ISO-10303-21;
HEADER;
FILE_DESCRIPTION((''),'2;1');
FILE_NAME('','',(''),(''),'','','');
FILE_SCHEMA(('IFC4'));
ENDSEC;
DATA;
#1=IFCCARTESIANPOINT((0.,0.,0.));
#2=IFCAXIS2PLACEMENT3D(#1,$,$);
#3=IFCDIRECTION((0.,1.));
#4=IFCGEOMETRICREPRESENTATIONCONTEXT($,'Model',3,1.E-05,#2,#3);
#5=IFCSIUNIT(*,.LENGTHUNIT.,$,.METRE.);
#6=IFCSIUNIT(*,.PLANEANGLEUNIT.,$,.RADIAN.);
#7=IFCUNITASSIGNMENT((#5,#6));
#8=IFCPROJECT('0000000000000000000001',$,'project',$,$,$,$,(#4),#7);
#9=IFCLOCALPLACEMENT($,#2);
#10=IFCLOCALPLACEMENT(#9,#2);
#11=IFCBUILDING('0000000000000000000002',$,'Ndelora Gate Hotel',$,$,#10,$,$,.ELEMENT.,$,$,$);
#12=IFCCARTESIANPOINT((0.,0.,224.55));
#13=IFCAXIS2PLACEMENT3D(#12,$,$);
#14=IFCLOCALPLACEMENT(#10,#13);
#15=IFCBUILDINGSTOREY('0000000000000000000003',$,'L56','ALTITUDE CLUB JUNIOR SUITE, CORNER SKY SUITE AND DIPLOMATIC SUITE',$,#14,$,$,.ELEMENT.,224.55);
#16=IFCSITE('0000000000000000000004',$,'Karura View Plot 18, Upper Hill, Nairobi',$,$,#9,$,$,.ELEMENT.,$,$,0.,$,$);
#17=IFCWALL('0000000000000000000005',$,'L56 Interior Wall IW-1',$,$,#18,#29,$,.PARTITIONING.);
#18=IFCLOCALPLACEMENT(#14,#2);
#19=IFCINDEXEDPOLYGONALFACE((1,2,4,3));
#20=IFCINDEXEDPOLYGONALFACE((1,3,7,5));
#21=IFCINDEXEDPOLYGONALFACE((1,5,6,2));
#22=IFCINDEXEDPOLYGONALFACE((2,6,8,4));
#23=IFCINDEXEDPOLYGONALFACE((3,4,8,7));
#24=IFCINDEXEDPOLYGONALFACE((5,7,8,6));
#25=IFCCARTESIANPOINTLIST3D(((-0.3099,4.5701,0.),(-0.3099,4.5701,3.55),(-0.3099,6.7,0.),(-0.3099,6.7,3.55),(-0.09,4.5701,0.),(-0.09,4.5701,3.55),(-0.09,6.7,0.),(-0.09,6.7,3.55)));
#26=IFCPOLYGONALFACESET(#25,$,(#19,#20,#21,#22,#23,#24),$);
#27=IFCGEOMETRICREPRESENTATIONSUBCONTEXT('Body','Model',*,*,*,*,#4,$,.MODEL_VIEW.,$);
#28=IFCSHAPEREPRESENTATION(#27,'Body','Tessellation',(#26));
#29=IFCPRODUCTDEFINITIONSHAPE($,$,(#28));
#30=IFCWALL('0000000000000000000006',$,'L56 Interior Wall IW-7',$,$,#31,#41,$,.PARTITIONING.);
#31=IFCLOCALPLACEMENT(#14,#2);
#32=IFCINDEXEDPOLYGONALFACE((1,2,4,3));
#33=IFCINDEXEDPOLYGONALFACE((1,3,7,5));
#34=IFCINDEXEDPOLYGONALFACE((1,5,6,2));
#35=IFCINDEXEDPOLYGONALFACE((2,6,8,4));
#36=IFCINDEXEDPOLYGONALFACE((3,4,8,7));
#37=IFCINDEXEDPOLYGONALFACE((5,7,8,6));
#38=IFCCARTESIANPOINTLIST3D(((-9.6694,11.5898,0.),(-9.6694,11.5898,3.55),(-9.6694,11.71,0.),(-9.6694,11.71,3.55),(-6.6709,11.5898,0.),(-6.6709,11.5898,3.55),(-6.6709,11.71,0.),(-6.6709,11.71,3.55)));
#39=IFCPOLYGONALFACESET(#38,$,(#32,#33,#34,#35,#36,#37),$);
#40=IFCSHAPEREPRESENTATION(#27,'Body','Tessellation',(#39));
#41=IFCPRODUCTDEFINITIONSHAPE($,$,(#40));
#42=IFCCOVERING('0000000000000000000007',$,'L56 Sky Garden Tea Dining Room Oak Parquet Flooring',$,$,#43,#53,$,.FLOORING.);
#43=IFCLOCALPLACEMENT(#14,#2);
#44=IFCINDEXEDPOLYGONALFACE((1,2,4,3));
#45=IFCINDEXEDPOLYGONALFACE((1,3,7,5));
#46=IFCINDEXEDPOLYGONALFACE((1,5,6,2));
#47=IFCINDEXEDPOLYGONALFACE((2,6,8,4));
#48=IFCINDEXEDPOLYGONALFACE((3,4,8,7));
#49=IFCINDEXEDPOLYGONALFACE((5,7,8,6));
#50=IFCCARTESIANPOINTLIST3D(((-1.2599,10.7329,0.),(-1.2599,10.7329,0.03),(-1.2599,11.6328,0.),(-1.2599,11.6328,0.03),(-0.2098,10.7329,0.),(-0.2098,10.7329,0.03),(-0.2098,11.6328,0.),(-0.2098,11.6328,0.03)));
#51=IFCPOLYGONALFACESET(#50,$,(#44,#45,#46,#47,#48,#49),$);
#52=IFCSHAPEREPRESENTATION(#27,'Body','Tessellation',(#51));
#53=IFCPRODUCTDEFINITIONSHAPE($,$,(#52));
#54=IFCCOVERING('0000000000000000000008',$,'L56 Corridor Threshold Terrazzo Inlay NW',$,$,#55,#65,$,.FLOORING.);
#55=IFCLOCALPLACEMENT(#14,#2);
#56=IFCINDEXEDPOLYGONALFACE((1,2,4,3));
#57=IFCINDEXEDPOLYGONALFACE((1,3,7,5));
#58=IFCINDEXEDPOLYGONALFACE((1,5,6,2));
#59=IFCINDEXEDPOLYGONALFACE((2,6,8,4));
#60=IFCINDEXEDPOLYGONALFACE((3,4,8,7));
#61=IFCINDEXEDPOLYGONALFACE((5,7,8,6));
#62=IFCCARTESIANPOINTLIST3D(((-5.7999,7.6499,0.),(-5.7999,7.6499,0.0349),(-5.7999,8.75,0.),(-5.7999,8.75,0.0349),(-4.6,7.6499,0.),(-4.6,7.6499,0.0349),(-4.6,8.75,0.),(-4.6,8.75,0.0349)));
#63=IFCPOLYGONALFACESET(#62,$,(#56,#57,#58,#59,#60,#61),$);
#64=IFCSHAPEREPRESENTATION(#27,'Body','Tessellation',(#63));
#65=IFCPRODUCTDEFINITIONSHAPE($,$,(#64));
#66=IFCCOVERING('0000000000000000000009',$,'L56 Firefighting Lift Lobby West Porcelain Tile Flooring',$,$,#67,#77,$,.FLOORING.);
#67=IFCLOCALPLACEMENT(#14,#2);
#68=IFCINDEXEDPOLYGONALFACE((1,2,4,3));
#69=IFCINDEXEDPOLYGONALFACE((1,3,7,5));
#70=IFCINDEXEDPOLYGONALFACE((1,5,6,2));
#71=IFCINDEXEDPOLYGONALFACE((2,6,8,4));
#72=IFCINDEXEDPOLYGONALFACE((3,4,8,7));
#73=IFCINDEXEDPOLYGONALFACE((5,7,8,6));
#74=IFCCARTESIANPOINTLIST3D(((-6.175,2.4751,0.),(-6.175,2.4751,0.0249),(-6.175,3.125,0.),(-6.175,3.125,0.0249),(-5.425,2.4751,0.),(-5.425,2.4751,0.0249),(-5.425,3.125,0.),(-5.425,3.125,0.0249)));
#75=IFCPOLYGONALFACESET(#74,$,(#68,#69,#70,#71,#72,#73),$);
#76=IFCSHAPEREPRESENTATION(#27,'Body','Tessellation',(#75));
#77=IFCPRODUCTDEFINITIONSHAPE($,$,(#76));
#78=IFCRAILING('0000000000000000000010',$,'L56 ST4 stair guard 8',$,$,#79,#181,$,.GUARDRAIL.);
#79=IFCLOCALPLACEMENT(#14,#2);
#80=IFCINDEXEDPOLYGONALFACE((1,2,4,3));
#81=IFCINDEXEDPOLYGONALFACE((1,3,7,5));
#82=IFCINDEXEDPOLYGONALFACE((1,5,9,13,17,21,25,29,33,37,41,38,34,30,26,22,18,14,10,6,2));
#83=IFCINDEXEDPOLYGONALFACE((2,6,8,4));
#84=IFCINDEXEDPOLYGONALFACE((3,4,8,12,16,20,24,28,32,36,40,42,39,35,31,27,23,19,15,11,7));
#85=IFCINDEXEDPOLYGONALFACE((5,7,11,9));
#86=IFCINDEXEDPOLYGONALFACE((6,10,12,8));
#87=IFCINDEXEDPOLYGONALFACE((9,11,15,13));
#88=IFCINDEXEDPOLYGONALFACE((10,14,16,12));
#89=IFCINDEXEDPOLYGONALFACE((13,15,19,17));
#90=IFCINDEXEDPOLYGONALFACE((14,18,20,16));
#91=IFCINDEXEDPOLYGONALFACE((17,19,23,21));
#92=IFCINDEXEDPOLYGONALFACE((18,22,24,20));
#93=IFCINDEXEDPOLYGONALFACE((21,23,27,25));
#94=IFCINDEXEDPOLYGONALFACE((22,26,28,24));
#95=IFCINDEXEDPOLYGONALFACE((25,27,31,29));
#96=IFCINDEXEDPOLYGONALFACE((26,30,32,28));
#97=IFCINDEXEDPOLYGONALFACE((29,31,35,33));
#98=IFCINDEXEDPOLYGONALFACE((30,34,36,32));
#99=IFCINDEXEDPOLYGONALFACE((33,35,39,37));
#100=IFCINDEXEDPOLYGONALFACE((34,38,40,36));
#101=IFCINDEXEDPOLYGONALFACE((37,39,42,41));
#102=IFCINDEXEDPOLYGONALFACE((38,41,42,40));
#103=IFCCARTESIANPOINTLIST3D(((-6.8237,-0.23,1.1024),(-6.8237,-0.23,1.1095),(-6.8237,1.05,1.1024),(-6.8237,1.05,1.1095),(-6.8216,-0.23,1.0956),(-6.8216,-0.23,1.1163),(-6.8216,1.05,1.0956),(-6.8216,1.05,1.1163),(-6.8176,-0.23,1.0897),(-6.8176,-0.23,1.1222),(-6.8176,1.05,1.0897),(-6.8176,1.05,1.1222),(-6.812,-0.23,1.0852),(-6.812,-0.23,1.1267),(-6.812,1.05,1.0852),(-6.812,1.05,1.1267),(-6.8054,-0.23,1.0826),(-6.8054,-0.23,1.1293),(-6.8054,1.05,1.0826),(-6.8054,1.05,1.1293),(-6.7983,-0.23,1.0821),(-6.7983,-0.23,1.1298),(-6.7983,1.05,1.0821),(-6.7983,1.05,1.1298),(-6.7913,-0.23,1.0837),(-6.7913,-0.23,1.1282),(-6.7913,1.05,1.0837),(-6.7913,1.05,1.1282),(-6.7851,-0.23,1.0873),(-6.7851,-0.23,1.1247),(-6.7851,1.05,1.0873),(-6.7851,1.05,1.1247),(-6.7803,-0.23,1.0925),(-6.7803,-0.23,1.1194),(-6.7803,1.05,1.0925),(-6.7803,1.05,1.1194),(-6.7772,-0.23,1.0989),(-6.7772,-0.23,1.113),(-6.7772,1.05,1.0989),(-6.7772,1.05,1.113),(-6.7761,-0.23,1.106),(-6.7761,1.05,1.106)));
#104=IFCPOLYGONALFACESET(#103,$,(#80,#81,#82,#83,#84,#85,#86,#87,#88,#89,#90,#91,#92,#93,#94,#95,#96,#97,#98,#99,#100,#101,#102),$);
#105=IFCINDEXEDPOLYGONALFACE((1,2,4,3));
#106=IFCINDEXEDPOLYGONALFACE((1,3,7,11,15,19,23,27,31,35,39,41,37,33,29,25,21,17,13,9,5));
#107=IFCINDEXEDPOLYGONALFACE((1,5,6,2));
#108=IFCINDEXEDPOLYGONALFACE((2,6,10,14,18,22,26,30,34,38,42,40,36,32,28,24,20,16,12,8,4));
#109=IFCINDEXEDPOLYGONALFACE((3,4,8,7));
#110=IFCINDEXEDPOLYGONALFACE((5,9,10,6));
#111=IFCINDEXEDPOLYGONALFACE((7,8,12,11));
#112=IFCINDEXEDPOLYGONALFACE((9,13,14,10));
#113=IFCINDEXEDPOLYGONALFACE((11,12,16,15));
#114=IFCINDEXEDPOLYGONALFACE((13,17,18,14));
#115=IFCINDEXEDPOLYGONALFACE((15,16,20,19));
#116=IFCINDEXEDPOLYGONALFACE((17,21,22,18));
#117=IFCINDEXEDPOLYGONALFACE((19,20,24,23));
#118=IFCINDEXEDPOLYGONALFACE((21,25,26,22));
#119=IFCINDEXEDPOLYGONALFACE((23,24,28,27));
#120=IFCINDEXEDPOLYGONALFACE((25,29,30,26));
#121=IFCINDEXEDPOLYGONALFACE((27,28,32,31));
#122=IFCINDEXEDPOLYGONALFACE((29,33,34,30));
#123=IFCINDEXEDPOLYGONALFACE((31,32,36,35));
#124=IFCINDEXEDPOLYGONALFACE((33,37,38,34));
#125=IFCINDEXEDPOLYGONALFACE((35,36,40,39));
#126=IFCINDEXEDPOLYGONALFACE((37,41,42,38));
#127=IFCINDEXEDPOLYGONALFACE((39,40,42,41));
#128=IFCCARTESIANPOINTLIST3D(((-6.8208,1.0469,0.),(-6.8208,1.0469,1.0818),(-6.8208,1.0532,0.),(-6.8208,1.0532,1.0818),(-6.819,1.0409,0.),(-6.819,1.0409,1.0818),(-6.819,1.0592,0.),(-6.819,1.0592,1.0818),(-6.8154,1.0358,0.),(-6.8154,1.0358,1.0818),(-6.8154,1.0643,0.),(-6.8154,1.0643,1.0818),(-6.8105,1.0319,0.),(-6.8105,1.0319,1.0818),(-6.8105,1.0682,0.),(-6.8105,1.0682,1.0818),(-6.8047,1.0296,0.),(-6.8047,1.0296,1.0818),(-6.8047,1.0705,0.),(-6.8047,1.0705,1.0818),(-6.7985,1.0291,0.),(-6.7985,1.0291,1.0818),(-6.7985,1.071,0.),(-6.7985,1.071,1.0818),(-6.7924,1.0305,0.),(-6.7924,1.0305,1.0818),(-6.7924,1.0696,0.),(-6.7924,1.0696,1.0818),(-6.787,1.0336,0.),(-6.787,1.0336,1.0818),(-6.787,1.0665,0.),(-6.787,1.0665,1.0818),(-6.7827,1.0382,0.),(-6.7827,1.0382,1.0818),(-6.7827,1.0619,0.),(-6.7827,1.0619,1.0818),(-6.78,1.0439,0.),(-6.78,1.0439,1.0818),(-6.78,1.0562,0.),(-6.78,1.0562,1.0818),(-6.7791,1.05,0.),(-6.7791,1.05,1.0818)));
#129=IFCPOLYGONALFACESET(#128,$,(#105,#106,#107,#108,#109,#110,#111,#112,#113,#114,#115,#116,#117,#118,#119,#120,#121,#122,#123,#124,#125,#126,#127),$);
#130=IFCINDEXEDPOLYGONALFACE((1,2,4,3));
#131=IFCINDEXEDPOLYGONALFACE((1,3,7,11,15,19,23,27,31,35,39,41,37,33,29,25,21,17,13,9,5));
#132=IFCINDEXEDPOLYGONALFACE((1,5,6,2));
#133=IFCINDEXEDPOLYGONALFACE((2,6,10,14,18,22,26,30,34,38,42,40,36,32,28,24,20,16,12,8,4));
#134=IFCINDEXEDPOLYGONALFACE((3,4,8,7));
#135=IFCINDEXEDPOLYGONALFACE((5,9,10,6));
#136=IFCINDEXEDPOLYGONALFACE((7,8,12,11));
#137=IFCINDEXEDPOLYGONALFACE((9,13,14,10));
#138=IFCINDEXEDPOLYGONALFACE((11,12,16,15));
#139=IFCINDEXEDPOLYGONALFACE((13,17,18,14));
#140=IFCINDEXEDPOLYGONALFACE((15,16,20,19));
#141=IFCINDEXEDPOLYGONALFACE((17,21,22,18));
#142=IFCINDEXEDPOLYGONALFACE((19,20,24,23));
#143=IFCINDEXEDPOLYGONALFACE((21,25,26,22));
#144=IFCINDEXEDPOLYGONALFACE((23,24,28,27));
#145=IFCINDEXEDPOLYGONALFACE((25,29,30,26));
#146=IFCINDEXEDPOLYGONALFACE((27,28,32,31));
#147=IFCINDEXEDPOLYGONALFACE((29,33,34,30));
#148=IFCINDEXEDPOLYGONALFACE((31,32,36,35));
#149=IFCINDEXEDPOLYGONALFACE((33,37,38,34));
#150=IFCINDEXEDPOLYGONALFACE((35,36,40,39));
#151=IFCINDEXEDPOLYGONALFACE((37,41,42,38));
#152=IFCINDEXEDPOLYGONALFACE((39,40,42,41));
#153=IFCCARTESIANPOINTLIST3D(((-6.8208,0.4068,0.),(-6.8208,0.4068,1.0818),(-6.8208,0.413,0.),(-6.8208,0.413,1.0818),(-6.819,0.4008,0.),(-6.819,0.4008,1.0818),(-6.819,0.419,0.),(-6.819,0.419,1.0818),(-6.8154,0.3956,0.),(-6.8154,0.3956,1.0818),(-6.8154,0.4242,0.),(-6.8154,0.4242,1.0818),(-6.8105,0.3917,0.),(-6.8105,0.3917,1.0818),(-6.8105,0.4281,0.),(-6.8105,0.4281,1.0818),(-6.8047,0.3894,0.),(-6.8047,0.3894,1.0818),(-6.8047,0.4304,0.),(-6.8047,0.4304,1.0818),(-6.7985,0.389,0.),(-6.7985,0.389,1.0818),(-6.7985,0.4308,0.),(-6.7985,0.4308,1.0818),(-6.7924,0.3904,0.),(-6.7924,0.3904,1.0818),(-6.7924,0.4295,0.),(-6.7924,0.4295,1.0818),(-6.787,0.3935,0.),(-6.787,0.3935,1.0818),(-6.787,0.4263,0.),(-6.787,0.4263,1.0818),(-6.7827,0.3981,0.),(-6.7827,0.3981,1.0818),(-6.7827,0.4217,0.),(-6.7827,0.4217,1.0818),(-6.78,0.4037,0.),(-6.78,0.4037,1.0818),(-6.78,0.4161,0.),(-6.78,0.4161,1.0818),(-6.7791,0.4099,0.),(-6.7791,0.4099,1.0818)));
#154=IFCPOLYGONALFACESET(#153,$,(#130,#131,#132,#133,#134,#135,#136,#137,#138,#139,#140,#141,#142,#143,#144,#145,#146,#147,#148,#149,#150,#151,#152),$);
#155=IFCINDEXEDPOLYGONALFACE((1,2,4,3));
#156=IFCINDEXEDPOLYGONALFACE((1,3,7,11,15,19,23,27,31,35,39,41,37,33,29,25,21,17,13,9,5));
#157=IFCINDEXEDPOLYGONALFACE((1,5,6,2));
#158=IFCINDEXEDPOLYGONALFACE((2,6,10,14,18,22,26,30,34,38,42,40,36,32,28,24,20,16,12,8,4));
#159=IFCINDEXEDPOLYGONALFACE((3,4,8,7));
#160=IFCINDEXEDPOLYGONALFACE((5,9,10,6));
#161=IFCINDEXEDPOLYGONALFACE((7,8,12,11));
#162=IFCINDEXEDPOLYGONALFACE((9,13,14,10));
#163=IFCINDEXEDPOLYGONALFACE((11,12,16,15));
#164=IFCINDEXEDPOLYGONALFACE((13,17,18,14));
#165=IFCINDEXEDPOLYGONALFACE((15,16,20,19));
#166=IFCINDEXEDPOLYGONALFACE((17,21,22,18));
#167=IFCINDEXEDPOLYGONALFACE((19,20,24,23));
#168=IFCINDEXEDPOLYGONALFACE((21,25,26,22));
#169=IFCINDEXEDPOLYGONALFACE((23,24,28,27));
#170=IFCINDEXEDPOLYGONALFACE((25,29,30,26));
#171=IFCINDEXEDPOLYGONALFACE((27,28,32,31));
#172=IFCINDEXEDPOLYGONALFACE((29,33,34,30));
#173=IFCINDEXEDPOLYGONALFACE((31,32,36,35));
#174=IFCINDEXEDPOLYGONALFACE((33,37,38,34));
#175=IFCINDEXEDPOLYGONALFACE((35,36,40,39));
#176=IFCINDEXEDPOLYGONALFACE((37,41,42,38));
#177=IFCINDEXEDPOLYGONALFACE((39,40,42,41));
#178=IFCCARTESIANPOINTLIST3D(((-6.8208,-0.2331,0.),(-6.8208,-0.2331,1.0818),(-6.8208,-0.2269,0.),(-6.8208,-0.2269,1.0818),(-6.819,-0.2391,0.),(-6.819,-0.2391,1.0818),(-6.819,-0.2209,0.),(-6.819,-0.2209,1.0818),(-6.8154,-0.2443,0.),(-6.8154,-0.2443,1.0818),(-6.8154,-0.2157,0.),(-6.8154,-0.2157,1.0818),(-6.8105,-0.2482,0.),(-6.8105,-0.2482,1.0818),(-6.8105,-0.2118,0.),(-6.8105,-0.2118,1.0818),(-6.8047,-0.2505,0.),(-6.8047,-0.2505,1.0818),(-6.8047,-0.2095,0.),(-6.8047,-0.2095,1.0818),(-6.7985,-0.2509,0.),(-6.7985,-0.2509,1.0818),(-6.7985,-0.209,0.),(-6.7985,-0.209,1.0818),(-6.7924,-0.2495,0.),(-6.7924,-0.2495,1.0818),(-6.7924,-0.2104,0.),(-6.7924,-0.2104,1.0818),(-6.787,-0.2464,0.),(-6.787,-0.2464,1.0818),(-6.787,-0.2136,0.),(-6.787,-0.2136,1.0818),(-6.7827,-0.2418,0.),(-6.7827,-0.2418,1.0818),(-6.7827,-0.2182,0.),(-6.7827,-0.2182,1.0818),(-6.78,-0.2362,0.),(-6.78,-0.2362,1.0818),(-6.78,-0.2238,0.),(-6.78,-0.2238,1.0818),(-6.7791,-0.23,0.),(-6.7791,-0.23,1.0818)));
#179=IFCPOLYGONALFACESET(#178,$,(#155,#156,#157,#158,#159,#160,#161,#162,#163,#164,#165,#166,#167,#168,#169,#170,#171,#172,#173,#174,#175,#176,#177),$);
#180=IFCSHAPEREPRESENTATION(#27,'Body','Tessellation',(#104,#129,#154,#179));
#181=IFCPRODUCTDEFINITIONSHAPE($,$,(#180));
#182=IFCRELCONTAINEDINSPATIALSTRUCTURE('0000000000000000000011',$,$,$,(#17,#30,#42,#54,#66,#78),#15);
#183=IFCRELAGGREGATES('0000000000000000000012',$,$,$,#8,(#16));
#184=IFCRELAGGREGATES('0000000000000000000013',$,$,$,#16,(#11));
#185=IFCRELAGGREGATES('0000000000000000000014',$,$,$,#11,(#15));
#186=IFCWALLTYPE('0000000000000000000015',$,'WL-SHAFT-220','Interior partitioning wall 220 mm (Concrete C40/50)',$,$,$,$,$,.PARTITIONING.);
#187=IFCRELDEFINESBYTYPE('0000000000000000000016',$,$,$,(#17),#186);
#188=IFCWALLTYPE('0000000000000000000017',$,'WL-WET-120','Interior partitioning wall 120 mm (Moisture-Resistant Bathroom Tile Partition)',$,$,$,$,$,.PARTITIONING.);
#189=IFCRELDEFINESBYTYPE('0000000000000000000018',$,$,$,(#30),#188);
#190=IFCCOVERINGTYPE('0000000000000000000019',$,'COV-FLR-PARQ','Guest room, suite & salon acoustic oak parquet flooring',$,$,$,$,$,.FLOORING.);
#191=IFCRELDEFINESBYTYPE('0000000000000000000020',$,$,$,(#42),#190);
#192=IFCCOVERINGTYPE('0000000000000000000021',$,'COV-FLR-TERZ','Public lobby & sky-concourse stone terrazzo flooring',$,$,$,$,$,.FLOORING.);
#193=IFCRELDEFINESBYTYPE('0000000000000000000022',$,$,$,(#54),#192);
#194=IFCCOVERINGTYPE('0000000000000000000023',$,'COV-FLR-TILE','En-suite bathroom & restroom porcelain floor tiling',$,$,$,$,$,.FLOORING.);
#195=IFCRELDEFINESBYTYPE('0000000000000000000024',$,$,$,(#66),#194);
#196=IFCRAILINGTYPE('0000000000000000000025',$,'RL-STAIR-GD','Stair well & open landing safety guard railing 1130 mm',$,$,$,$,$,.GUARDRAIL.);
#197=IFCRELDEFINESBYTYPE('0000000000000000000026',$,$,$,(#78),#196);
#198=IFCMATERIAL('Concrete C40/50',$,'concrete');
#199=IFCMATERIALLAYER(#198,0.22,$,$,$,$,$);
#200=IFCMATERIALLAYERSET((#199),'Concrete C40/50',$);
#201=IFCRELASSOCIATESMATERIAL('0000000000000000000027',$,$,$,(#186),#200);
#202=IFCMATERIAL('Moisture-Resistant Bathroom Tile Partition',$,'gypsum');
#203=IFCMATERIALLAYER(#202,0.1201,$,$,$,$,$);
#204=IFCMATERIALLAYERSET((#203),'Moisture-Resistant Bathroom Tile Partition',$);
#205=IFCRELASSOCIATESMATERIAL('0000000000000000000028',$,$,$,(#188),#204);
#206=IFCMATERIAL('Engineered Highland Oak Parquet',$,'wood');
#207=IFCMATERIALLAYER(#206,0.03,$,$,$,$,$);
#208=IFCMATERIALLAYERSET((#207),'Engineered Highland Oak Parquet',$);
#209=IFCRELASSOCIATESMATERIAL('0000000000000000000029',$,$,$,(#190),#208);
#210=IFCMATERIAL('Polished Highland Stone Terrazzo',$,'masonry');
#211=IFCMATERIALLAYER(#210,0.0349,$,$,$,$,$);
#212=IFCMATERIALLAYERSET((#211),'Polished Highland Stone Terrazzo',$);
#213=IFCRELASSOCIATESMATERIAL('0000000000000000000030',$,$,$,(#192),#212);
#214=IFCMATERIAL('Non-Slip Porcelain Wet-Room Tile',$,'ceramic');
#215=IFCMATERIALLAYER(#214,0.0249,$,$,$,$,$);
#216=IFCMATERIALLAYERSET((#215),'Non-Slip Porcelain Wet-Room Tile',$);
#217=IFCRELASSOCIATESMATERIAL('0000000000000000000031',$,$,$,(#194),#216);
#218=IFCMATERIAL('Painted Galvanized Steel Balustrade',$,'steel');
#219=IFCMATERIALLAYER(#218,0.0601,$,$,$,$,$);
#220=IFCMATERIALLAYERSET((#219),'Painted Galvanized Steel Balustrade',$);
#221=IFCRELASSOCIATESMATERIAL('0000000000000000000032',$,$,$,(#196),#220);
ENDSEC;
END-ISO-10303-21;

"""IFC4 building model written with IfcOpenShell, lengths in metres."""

from ifc_helpers import new_model, si_unit, direction, frame, frame_2d, origin, origin_2d, place, context, subcontext, project, spatial, rectangle, circle, extrude, material, layer, layer_set, type_object, element, save


model = new_model("IFC4")

# Units and contexts
model_context = context("Model", 3, precision=1e-05, world=origin(), true_north=direction((0.0, 1.0)))
body_context = subcontext(model_context, "Body", "Model", "MODEL_VIEW")
ifc_project = project(units=[si_unit("LENGTHUNIT", "METRE"), si_unit("PLANEANGLEUNIT", "RADIAN")], contexts=[model_context])

# Site, building, storey
site_placement = place(None, origin())
site = spatial("IfcSite", under=ifc_project, at=site_placement, Name="Karura View Plot 18, Upper Hill, Nairobi", CompositionType="ELEMENT", RefElevation=0.0)
building_placement = place(site_placement, origin())
building = spatial("IfcBuilding", under=site, at=building_placement, Name="Ndelora Gate Hotel", CompositionType="ELEMENT")
storey_placement = place(building_placement, frame((0.0, 0.0, 224.55)))
storey = spatial("IfcBuildingStorey", under=building, at=storey_placement, Name="L56", Description="ALTITUDE CLUB JUNIOR SUITE, CORNER SKY SUITE AND DIPLOMATIC SUITE", CompositionType="ELEMENT", Elevation=224.55)

# Shared definitions
ifc_material_1 = material(Name="Concrete C40/50", Category="concrete")

# Shared definitions
ifc_layer_1 = layer(ifc_material_1, 0.22)
ifc_layer_set_1 = layer_set([ifc_layer_1], Name="Concrete C40/50")
wall_type_1 = type_object("IfcWallType", Name="WL-SHAFT-220", Description="Interior partitioning wall 220 mm (Concrete C40/50)", PredefinedType="PARTITIONING", material=ifc_layer_set_1)

# Wall
wall_1_placement = place(storey_placement, frame((-0.2, 4.5701, 0.0), z_axis=(0.0, 0.0, 1.0), x_axis=(0.0, 1.0, 0.0)))
element("IfcWall", 1, at=wall_1_placement, inside=storey, type_object=wall_type_1, Name="L56 Interior Wall IW-1", PredefinedType="PARTITIONING", context=body_context, shape_type="SweptSolid", body=[
    extrude(rectangle(XDim=2.1299, YDim=0.22, at=frame_2d((1.0649, 0.0))), origin(), (0.0, 0.0, 1.0), 3.55),
])

# Wall
ifc_material_2 = material(Name="Moisture-Resistant Bathroom Tile Partition", Category="gypsum")
ifc_layer_2 = layer(ifc_material_2, 0.1201)
ifc_layer_set_2 = layer_set([ifc_layer_2], Name="Moisture-Resistant Bathroom Tile Partition")
wall_type_2 = type_object("IfcWallType", Name="WL-WET-120", Description="Interior partitioning wall 120 mm (Moisture-Resistant Bathroom Tile Partition)", PredefinedType="PARTITIONING", material=ifc_layer_set_2)
wall_2_placement = place(storey_placement, frame((-6.6709, 11.6499, 0.0), z_axis=(0.0, 0.0, 1.0), x_axis=(-1.0, 0.0, 0.0)))
element("IfcWall", 2, at=wall_2_placement, inside=storey, type_object=wall_type_2, Name="L56 Interior Wall IW-7", PredefinedType="PARTITIONING", context=body_context, shape_type="SweptSolid", body=[
    extrude(rectangle(XDim=2.9985, YDim=0.1201, at=frame_2d((1.4993, 0.0))), origin(), (0.0, 0.0, 1.0), 3.55),
])

# Coverings
ifc_material_3 = material(Name="Engineered Highland Oak Parquet", Category="wood")
ifc_layer_3 = layer(ifc_material_3, 0.03)
ifc_layer_set_3 = layer_set([ifc_layer_3], Name="Engineered Highland Oak Parquet")
covering_type_1 = type_object("IfcCoveringType", Name="COV-FLR-PARQ", Description="Guest room, suite & salon acoustic oak parquet flooring", PredefinedType="FLOORING", material=ifc_layer_set_3)
covering_1_placement = place(storey_placement, frame((-0.7349, 11.1829, 0.0), z_axis=(0.0, 0.0, 1.0), x_axis=(1.0, 0.0, 0.0)))
element("IfcCovering", 3, at=covering_1_placement, inside=storey, type_object=covering_type_1, Name="L56 Sky Garden Tea Dining Room Oak Parquet Flooring", PredefinedType="FLOORING", context=body_context, shape_type="SweptSolid", body=[
    extrude(rectangle(XDim=1.05, YDim=0.8999, at=origin_2d()), origin(), (0.0, 0.0, 1.0), 0.03),
])
ifc_material_4 = material(Name="Polished Highland Stone Terrazzo", Category="masonry")
ifc_layer_4 = layer(ifc_material_4, 0.0349)
ifc_layer_set_4 = layer_set([ifc_layer_4], Name="Polished Highland Stone Terrazzo")
covering_type_2 = type_object("IfcCoveringType", Name="COV-FLR-TERZ", Description="Public lobby & sky-concourse stone terrazzo flooring", PredefinedType="FLOORING", material=ifc_layer_set_4)
covering_2_placement = place(storey_placement, frame((-5.2, 8.2, 0.0), z_axis=(0.0, 0.0, 1.0), x_axis=(1.0, 0.0, 0.0)))
element("IfcCovering", 4, at=covering_2_placement, inside=storey, type_object=covering_type_2, Name="L56 Corridor Threshold Terrazzo Inlay NW", PredefinedType="FLOORING", context=body_context, shape_type="SweptSolid", body=[
    extrude(rectangle(XDim=1.2, YDim=1.1001, at=origin_2d()), origin(), (0.0, 0.0, 1.0), 0.0349),
])
ifc_material_5 = material(Name="Non-Slip Porcelain Wet-Room Tile", Category="ceramic")
ifc_layer_5 = layer(ifc_material_5, 0.0249)
ifc_layer_set_5 = layer_set([ifc_layer_5], Name="Non-Slip Porcelain Wet-Room Tile")
covering_type_3 = type_object("IfcCoveringType", Name="COV-FLR-TILE", Description="En-suite bathroom & restroom porcelain floor tiling", PredefinedType="FLOORING", material=ifc_layer_set_5)
covering_3_placement = place(storey_placement, frame((-5.8, 2.8, 0.0), z_axis=(0.0, 0.0, 1.0), x_axis=(1.0, 0.0, 0.0)))
element("IfcCovering", 5, at=covering_3_placement, inside=storey, type_object=covering_type_3, Name="L56 Firefighting Lift Lobby West Porcelain Tile Flooring", PredefinedType="FLOORING", context=body_context, shape_type="SweptSolid", body=[
    extrude(rectangle(XDim=0.75, YDim=0.6499, at=origin_2d()), origin(), (0.0, 0.0, 1.0), 0.0249),
])

# Railing
ifc_material_6 = material(Name="Painted Galvanized Steel Balustrade", Category="steel")
ifc_layer_6 = layer(ifc_material_6, 0.0601)
ifc_layer_set_6 = layer_set([ifc_layer_6], Name="Painted Galvanized Steel Balustrade")
railing_type = type_object("IfcRailingType", Name="RL-STAIR-GD", Description="Stair well & open landing safety guard railing 1130 mm", PredefinedType="GUARDRAIL", material=ifc_layer_set_6)
for number, where, name in (
    (6, (-6.8, 1.05, 0.0), "L56 ST4 stair guard 8"),
):
    element("IfcRailing", number, at=place(storey_placement, frame(where)), inside=storey, type_object=railing_type, Name=name, PredefinedType="GUARDRAIL", context=body_context, shape_type="SweptSolid", body=[
        extrude(circle(Radius=0.0239, at=origin_2d()), frame((0.0, 0.0, 1.106), z_axis=(0.0, -1.0, 0.0), x_axis=(1.0, 0.0, 0.0)), (0.0, 0.0, 1.0), 1.28),
        extrude(circle(Radius=0.021, at=origin_2d()), origin(), (0.0, 0.0, 1.0), 1.0818),
        extrude(circle(Radius=0.021, at=origin_2d()), frame((0.0, -0.6401, 0.0)), (0.0, 0.0, 1.0), 1.0818),
        extrude(circle(Radius=0.021, at=origin_2d()), frame((0.0, -1.28, 0.0)), (0.0, 0.0, 1.0), 1.0818),
    ])

save(model, "model.ifc")
